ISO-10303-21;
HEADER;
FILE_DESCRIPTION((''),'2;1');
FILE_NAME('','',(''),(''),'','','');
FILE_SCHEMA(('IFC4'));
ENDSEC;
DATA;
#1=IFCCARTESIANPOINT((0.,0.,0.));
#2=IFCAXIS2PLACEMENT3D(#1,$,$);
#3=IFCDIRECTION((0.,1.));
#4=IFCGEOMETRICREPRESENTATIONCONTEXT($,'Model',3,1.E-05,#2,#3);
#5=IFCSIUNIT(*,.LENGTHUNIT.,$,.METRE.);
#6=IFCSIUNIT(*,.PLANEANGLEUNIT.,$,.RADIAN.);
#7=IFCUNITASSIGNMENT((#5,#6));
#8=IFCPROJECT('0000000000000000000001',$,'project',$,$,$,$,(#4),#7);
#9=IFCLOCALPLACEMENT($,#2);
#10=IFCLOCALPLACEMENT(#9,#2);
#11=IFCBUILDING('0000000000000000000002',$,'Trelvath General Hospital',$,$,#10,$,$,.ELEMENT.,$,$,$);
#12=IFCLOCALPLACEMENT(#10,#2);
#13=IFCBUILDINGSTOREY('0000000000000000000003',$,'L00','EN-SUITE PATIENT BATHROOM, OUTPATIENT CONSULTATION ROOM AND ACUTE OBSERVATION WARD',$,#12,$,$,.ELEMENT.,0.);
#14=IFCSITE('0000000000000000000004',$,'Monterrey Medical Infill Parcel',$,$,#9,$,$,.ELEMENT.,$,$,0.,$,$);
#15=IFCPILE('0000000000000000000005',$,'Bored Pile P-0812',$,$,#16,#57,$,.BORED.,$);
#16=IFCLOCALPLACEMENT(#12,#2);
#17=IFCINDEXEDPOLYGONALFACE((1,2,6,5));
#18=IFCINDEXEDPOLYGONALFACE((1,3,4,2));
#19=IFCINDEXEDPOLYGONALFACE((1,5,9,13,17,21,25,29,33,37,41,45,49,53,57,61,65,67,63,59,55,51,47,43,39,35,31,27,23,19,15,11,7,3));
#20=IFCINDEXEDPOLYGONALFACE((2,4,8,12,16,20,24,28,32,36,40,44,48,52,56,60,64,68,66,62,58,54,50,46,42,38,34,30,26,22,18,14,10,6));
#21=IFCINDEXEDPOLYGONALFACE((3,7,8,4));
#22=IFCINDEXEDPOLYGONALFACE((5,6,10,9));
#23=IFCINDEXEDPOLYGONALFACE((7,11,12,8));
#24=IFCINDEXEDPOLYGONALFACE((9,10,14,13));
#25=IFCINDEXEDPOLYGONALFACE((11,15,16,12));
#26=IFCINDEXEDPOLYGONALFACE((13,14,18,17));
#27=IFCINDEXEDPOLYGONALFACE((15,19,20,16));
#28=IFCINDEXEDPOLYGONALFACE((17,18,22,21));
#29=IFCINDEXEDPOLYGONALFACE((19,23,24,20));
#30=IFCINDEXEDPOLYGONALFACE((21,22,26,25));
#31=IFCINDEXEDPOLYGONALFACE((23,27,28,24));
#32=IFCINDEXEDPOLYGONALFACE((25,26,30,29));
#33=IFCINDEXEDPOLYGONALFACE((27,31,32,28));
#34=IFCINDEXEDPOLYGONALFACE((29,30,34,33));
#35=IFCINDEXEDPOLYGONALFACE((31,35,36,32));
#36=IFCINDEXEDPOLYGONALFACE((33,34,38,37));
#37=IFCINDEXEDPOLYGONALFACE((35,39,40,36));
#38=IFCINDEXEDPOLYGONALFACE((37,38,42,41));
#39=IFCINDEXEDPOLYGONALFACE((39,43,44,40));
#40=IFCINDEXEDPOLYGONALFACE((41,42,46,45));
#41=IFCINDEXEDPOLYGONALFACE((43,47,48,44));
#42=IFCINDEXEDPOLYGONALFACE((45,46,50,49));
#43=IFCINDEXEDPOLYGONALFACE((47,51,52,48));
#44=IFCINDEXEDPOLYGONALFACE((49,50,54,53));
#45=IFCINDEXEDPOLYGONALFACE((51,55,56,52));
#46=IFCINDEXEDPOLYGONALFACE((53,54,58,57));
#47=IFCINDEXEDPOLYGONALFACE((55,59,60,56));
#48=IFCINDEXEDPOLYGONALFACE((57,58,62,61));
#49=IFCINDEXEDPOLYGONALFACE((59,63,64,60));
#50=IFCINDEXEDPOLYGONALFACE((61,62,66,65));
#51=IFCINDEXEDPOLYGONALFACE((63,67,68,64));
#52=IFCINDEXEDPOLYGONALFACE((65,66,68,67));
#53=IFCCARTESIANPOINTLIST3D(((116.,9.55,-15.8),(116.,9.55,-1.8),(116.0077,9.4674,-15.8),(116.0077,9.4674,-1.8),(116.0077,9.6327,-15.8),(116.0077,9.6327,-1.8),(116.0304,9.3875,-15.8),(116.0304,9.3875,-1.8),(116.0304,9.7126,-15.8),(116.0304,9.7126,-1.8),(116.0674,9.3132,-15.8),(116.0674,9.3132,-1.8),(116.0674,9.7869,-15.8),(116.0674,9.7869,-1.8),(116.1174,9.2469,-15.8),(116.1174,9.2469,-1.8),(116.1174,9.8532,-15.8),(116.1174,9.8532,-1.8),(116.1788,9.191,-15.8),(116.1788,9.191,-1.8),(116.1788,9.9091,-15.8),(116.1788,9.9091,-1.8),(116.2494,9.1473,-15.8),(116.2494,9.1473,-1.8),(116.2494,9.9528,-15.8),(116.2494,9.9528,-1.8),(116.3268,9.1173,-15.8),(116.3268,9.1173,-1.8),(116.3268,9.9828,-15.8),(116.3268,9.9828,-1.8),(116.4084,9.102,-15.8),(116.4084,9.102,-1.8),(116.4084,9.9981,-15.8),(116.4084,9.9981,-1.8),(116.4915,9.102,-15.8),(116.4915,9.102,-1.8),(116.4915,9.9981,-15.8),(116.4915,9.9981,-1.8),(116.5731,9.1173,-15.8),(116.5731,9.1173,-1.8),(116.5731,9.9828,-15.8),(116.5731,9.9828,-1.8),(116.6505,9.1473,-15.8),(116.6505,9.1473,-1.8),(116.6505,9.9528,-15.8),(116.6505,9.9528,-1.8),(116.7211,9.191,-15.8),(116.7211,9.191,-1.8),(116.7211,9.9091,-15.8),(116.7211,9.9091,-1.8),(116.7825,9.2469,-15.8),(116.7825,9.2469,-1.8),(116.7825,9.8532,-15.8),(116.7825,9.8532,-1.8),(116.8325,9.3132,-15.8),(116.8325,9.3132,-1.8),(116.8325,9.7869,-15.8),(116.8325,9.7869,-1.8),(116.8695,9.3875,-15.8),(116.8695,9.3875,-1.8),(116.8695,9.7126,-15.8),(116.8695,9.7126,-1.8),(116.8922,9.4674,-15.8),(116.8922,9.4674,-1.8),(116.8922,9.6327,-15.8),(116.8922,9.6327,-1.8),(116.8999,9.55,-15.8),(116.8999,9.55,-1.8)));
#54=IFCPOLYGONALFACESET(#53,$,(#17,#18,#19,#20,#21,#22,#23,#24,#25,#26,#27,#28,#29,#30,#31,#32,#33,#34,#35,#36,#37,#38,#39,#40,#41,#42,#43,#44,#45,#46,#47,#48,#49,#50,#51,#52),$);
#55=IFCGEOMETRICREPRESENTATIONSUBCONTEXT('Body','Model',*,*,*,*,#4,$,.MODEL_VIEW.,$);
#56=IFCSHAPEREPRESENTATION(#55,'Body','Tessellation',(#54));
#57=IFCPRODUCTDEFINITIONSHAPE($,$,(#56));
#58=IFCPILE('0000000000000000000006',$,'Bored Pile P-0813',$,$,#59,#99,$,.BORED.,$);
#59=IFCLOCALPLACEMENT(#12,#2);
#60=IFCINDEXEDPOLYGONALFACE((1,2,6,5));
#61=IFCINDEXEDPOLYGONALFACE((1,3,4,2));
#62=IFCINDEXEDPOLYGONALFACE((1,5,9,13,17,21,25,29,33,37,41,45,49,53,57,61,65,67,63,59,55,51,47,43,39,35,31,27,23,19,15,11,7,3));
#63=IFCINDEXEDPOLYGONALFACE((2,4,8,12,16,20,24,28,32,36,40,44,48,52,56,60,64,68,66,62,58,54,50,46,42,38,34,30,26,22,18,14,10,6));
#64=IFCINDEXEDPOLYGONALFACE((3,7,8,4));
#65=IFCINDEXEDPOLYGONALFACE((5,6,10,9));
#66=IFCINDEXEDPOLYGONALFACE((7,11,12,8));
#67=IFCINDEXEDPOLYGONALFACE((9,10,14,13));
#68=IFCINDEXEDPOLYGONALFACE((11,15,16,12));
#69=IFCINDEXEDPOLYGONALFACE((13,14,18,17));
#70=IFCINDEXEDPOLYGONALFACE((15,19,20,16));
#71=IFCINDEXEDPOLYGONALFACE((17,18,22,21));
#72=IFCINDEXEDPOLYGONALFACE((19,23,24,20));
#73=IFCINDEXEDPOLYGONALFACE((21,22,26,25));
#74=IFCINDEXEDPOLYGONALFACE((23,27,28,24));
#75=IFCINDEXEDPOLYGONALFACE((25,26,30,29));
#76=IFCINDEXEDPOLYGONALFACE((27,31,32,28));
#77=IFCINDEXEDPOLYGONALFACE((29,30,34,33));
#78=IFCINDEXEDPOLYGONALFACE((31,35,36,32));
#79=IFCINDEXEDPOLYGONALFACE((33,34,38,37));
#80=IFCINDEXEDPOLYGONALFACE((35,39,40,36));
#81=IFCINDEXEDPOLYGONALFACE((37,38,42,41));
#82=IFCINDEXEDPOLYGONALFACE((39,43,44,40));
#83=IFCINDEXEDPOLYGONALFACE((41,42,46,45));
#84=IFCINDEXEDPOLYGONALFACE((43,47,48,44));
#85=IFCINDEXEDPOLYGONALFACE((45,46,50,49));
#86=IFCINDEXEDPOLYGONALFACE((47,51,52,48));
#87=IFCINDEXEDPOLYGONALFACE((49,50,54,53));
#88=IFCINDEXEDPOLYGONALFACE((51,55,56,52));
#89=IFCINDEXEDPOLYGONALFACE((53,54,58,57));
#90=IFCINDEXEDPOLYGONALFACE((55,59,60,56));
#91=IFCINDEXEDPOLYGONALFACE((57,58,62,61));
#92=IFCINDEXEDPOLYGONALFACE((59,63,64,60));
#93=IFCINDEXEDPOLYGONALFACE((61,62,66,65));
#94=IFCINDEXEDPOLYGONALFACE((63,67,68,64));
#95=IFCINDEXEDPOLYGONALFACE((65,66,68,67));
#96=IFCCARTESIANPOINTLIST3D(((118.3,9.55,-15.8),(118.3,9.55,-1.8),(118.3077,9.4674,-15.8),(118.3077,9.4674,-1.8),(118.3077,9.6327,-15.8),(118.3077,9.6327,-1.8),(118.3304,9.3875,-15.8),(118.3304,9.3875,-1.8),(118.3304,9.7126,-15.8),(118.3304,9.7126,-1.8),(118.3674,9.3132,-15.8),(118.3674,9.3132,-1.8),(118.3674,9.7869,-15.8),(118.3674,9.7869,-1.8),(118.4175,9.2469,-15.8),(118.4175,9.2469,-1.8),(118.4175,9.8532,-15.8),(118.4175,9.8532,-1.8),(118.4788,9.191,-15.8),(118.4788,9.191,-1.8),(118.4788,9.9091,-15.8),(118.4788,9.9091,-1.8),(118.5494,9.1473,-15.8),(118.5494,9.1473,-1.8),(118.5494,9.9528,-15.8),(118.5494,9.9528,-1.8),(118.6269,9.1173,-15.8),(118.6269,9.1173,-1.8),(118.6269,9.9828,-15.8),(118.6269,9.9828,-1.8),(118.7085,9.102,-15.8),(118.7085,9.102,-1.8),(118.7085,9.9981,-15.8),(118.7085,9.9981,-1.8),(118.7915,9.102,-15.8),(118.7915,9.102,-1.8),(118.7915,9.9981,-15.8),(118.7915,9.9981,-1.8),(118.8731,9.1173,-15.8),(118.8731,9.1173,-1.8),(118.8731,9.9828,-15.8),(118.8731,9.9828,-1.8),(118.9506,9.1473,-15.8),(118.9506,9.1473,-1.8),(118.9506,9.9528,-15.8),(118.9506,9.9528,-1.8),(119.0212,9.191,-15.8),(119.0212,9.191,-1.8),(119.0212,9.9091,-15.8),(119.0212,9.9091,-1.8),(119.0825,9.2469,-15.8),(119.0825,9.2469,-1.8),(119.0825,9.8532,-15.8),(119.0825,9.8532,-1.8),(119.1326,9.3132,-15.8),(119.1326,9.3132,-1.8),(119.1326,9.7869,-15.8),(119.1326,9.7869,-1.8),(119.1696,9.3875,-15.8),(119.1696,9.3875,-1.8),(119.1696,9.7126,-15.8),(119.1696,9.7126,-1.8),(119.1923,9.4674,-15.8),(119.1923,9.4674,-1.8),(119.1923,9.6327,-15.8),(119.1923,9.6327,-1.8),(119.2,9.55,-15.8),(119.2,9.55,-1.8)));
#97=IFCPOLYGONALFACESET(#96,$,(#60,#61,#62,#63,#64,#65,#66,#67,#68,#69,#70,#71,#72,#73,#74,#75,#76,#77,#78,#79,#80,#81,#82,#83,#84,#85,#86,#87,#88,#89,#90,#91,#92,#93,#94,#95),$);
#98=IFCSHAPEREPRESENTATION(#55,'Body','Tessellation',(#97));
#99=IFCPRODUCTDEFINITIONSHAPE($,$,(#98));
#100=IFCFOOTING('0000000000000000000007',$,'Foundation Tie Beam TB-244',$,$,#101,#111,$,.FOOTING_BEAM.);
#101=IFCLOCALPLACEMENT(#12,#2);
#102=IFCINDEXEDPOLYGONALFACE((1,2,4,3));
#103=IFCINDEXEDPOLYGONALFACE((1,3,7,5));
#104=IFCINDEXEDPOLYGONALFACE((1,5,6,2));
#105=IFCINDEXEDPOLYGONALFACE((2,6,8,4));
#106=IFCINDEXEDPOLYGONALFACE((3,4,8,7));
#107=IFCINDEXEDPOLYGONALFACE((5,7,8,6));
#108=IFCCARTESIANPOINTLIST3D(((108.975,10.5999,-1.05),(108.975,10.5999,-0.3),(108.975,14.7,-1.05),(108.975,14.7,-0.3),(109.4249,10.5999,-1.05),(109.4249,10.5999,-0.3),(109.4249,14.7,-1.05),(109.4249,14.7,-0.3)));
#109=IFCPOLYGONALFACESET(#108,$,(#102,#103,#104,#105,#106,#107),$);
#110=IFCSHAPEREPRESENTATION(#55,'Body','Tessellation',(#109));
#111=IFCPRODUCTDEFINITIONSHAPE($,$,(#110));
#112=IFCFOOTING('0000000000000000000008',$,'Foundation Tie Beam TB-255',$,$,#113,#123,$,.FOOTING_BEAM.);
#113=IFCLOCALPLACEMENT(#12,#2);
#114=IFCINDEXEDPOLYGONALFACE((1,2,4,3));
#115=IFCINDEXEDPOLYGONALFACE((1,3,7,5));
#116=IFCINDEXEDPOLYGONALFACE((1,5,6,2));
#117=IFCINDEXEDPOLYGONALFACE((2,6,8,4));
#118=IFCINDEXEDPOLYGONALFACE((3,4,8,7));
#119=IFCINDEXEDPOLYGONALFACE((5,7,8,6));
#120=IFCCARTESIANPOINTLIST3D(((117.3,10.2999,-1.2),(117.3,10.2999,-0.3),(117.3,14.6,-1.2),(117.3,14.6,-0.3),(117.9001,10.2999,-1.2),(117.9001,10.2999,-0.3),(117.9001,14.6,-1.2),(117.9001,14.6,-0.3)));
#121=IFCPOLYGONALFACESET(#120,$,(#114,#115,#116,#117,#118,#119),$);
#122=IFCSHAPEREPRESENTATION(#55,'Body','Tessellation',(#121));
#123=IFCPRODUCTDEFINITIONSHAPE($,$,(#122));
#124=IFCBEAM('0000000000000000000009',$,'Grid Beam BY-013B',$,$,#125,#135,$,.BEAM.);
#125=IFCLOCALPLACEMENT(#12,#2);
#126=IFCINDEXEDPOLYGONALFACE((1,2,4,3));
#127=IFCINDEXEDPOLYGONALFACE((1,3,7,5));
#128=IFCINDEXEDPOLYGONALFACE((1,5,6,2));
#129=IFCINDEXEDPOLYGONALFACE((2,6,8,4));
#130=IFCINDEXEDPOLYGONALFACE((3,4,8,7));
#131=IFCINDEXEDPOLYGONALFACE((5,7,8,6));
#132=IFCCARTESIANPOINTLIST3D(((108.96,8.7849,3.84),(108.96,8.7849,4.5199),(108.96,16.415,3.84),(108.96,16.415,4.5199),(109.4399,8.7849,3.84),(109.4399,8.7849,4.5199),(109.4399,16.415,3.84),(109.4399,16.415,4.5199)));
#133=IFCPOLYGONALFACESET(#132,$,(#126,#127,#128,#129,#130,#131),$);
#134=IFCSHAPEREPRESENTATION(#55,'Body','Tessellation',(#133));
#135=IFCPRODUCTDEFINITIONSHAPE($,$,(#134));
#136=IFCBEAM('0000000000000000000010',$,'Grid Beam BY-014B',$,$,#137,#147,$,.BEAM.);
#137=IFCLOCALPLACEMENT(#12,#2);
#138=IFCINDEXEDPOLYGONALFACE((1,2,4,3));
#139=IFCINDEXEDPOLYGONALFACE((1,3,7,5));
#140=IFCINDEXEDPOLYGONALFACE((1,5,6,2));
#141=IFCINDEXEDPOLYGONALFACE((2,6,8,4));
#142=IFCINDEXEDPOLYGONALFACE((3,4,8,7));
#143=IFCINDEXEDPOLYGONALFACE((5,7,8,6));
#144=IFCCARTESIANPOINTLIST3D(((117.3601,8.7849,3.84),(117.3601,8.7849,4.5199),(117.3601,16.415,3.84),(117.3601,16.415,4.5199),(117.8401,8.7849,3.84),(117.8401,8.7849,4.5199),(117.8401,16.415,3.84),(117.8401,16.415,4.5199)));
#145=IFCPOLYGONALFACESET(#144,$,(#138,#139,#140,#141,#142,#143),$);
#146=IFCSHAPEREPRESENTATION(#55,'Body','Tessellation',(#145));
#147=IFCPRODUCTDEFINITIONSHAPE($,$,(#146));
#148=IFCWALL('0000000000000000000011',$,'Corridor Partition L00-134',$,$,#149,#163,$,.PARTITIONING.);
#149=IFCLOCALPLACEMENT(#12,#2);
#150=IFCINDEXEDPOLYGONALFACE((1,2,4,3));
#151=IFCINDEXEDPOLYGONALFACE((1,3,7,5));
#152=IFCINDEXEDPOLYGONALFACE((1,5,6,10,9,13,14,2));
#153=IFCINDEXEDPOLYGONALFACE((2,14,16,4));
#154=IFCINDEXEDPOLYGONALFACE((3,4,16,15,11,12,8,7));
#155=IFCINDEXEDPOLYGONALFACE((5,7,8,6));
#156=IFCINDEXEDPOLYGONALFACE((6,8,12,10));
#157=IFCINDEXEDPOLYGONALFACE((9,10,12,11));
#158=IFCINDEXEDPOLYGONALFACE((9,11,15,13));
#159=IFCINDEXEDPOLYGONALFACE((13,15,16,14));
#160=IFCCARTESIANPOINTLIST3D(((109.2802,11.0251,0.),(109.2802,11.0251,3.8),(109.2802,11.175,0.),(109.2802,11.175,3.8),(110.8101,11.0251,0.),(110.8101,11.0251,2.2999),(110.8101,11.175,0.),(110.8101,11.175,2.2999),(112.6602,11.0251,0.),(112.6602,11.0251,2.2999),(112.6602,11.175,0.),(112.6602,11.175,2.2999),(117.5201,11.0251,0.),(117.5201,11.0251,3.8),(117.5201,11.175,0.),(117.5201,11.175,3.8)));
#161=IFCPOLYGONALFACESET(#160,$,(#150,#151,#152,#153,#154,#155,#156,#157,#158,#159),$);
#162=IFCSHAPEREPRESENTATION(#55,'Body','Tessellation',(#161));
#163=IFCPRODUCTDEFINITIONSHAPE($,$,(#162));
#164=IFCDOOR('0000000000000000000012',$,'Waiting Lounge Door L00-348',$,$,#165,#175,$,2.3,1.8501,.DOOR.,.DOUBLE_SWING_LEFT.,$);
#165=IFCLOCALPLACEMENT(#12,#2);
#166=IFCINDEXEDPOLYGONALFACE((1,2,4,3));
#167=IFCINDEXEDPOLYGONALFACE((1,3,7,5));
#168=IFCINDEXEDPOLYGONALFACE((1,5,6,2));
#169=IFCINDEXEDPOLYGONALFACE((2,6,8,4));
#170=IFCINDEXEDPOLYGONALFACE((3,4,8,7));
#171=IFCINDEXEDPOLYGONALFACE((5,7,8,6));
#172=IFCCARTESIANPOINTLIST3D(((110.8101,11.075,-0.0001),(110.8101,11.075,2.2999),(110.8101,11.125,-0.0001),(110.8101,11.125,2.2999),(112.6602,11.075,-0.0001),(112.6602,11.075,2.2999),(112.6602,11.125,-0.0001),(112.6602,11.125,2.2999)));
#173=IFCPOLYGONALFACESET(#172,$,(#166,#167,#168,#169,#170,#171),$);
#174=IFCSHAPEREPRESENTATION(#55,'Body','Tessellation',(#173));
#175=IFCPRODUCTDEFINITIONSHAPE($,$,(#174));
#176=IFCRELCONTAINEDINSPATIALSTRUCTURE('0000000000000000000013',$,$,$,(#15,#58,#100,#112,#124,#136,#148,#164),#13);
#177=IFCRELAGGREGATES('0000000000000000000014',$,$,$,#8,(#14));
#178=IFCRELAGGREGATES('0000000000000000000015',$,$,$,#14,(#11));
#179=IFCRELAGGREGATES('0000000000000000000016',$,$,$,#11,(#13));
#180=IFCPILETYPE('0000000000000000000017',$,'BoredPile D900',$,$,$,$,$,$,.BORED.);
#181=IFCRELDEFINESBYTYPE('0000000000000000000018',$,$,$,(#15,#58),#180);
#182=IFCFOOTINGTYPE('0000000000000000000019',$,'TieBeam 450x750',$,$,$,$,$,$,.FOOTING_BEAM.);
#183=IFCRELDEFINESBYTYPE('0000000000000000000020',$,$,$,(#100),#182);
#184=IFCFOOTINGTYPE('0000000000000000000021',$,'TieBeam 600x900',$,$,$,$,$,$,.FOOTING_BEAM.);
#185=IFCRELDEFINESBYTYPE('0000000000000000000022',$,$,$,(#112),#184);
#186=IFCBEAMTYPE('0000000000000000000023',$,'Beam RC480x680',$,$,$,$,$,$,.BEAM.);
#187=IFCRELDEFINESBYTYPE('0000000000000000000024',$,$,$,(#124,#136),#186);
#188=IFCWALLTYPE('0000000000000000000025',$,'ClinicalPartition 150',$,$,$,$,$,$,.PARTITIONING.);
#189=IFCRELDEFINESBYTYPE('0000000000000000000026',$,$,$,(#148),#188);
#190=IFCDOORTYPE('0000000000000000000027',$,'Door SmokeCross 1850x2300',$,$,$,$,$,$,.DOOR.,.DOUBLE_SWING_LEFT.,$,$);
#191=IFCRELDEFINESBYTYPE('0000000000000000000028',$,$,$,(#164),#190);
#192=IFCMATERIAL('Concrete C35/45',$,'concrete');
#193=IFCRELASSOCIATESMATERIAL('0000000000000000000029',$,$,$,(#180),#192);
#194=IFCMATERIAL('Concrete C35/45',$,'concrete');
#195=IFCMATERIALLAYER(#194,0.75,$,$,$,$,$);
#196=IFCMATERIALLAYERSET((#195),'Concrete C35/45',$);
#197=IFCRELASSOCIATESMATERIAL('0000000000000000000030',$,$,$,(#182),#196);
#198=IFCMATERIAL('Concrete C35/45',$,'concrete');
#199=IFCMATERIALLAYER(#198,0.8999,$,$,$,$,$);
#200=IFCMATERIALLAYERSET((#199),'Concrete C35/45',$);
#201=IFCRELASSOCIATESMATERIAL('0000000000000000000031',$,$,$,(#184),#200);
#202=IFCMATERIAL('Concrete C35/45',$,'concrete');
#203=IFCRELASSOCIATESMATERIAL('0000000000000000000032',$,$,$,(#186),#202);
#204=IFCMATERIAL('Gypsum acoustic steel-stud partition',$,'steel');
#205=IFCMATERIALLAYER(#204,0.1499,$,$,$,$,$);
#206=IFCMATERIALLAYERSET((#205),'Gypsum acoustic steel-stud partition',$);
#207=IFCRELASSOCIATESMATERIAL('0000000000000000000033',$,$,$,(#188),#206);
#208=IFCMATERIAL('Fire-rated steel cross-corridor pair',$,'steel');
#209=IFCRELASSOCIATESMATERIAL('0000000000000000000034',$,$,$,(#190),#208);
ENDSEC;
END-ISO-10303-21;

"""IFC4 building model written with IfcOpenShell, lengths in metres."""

from ifc_helpers import new_model, si_unit, direction, frame, frame_2d, origin, origin_2d, place, context, subcontext, project, spatial, rectangle, circle, extrude, material, layer, layer_set, material_profile, profile_set, type_object, element, fill, save


model = new_model("IFC4")

# Units and contexts
model_context = context("Model", 3, precision=1e-05, world=origin(), true_north=direction((0.0, 1.0)))
body_context = subcontext(model_context, "Body", "Model", "MODEL_VIEW")
ifc_project = project(units=[si_unit("LENGTHUNIT", "METRE"), si_unit("PLANEANGLEUNIT", "RADIAN")], contexts=[model_context])

# Site, building, storey
site_placement = place(None, origin())
site = spatial("IfcSite", under=ifc_project, at=site_placement, Name="Monterrey Medical Infill Parcel", CompositionType="ELEMENT", RefElevation=0.0)
building_placement = place(site_placement, origin())
building = spatial("IfcBuilding", under=site, at=building_placement, Name="Trelvath General Hospital", CompositionType="ELEMENT")
storey_placement = place(building_placement, origin())
storey = spatial("IfcBuildingStorey", under=building, at=storey_placement, Name="L00", Description="EN-SUITE PATIENT BATHROOM, OUTPATIENT CONSULTATION ROOM AND ACUTE OBSERVATION WARD", CompositionType="ELEMENT", Elevation=0.0)

# Piles
ifc_material_1 = material(Name="Concrete C35/45", Category="concrete")
ifc_material_profile_1 = material_profile(ifc_material_1, circle(Radius=0.45, at=origin_2d()), Name="PILE900")
ifc_profile_set_1 = profile_set([ifc_material_profile_1], Name="Concrete C35/45")
pile_type_1 = type_object("IfcPileType", Name="BoredPile D900", PredefinedType="BORED", material=ifc_profile_set_1)
for number, where, z_axis, x_axis, name in (
    (1, (116.45, 9.55, -1.8), (0.0, 0.0, -1.0), (1.0, 0.0, 0.0), "Bored Pile P-0812"),
    (2, (118.75, 9.55, -1.8), (0.0, 0.0, -1.0), (1.0, 0.0, 0.0), "Bored Pile P-0813"),
):
    element("IfcPile", number, at=place(storey_placement, frame(where, z_axis=z_axis, x_axis=x_axis)), inside=storey, type_object=pile_type_1, Name=name, PredefinedType="BORED", context=body_context, shape_type="SweptSolid", body=[
        extrude(circle(Radius=0.45, at=origin_2d()), origin(), (0.0, 0.0, 1.0), 14.0),
    ])

# Footings
ifc_material_2 = material(Name="Concrete C35/45", Category="concrete")
ifc_layer_1 = layer(ifc_material_2, 0.75)
ifc_layer_set_1 = layer_set([ifc_layer_1], Name="Concrete C35/45")
footing_type_1 = type_object("IfcFootingType", Name="TieBeam 450x750", PredefinedType="FOOTING_BEAM", material=ifc_layer_set_1)
footing_1_placement = place(storey_placement, frame((109.2, 12.6499, -1.05), z_axis=(0.0, 0.0, 1.0), x_axis=(1.0, 0.0, 0.0)))
element("IfcFooting", 3, at=footing_1_placement, inside=storey, type_object=footing_type_1, Name="Foundation Tie Beam TB-244", PredefinedType="FOOTING_BEAM", context=body_context, shape_type="SweptSolid", body=[
    extrude(rectangle(XDim=0.45, YDim=4.1001, at=origin_2d()), origin(), (0.0, 0.0, 1.0), 0.75),
])
ifc_material_3 = material(Name="Concrete C35/45", Category="concrete")
ifc_layer_2 = layer(ifc_material_3, 0.8999)
ifc_layer_set_2 = layer_set([ifc_layer_2], Name="Concrete C35/45")
footing_type_2 = type_object("IfcFootingType", Name="TieBeam 600x900", PredefinedType="FOOTING_BEAM", material=ifc_layer_set_2)
footing_2_placement = place(storey_placement, frame((117.6001, 12.45, -1.2), z_axis=(0.0, 0.0, 1.0), x_axis=(1.0, 0.0, 0.0)))
element("IfcFooting", 4, at=footing_2_placement, inside=storey, type_object=footing_type_2, Name="Foundation Tie Beam TB-255", PredefinedType="FOOTING_BEAM", context=body_context, shape_type="SweptSolid", body=[
    extrude(rectangle(XDim=0.6001, YDim=4.3, at=origin_2d()), origin(), (0.0, 0.0, 1.0), 0.8999),
])

# Beams
ifc_material_4 = material(Name="Concrete C35/45", Category="concrete")
ifc_material_profile_2 = material_profile(ifc_material_4, rectangle(XDim=0.48, YDim=0.6799, at=origin_2d()), Name="RCB480x680")
ifc_profile_set_2 = profile_set([ifc_material_profile_2], Name="Concrete C35/45")
beam_type = type_object("IfcBeamType", Name="Beam RC480x680", PredefinedType="BEAM", material=ifc_profile_set_2)
for number, where, z_axis, x_axis, name in (
    (5, (109.2, 8.7849, 4.1799), (0.0, 1.0, 0.0), (-1.0, 0.0, 0.0), "Grid Beam BY-013B"),
    (6, (117.6001, 8.7849, 4.1799), (0.0, 1.0, 0.0), (-1.0, 0.0, 0.0), "Grid Beam BY-014B"),
):
    element("IfcBeam", number, at=place(storey_placement, frame(where, z_axis=z_axis, x_axis=x_axis)), inside=storey, type_object=beam_type, Name=name, PredefinedType="BEAM", context=body_context, shape_type="SweptSolid", body=[
        extrude(rectangle(XDim=0.48, YDim=0.6799, at=origin_2d()), origin(), (0.0, 0.0, 1.0), 7.6301),
    ])

# Wall, opening, door
ifc_material_5 = material(Name="Gypsum acoustic steel-stud partition", Category="steel")
ifc_layer_3 = layer(ifc_material_5, 0.1499)
ifc_layer_set_3 = layer_set([ifc_layer_3], Name="Gypsum acoustic steel-stud partition")
wall_type_1 = type_object("IfcWallType", Name="ClinicalPartition 150", PredefinedType="PARTITIONING", material=ifc_layer_set_3)
wall_1_placement = place(storey_placement, frame((109.28, 11.1001, 0.0), z_axis=(0.0, 0.0, 1.0), x_axis=(1.0, 0.0, 0.0)))
wall_1 = element("IfcWall", 7, at=wall_1_placement, inside=storey, type_object=wall_type_1, Name="Corridor Partition L00-134", PredefinedType="PARTITIONING", context=body_context, shape_type="SweptSolid", body=[
    extrude(rectangle(XDim=8.24, YDim=0.1499, at=frame_2d((4.1201, 0.0))), origin(), (0.0, 0.0, 1.0), 3.8),
])
opening_1_placement = place(wall_1_placement, frame((1.53, 0.0, 0.0)))
opening_1 = element("IfcOpeningElement", 8, at=opening_1_placement, cuts=wall_1, PredefinedType="OPENING", context=body_context, shape_type="SweptSolid", body=[
    extrude(rectangle(XDim=1.8501, YDim=2.3, at=frame_2d((0.925, 1.1499))), frame((0.0, 0.085, 0.0), z_axis=(0.0, -1.0, 0.0), x_axis=(1.0, 0.0, 0.0)), (0.0, 0.0, 1.0), 0.1699),
])
ifc_material_6 = material(Name="Fire-rated steel cross-corridor pair", Category="steel")
door_type_1 = type_object("IfcDoorType", Name="Door SmokeCross 1850x2300", OperationType="DOUBLE_SWING_LEFT", PredefinedType="DOOR", material=ifc_material_6)
door_1_placement = place(opening_1_placement, origin())
door_1 = element("IfcDoor", 9, at=door_1_placement, inside=storey, type_object=door_type_1, Name="Waiting Lounge Door L00-348", OperationType="DOUBLE_SWING_LEFT", OverallHeight=2.3, OverallWidth=1.8501, PredefinedType="DOOR", context=body_context, shape_type="SweptSolid", body=[
    extrude(rectangle(XDim=1.8501, YDim=2.3, at=frame_2d((0.925, 1.1499))), frame((0.0, 0.0249, 0.0), z_axis=(0.0, -1.0, 0.0), x_axis=(1.0, 0.0, 0.0)), (0.0, 0.0, 1.0), 0.05),
])
fill(opening_1, door_1)

save(model, "model.ifc")
